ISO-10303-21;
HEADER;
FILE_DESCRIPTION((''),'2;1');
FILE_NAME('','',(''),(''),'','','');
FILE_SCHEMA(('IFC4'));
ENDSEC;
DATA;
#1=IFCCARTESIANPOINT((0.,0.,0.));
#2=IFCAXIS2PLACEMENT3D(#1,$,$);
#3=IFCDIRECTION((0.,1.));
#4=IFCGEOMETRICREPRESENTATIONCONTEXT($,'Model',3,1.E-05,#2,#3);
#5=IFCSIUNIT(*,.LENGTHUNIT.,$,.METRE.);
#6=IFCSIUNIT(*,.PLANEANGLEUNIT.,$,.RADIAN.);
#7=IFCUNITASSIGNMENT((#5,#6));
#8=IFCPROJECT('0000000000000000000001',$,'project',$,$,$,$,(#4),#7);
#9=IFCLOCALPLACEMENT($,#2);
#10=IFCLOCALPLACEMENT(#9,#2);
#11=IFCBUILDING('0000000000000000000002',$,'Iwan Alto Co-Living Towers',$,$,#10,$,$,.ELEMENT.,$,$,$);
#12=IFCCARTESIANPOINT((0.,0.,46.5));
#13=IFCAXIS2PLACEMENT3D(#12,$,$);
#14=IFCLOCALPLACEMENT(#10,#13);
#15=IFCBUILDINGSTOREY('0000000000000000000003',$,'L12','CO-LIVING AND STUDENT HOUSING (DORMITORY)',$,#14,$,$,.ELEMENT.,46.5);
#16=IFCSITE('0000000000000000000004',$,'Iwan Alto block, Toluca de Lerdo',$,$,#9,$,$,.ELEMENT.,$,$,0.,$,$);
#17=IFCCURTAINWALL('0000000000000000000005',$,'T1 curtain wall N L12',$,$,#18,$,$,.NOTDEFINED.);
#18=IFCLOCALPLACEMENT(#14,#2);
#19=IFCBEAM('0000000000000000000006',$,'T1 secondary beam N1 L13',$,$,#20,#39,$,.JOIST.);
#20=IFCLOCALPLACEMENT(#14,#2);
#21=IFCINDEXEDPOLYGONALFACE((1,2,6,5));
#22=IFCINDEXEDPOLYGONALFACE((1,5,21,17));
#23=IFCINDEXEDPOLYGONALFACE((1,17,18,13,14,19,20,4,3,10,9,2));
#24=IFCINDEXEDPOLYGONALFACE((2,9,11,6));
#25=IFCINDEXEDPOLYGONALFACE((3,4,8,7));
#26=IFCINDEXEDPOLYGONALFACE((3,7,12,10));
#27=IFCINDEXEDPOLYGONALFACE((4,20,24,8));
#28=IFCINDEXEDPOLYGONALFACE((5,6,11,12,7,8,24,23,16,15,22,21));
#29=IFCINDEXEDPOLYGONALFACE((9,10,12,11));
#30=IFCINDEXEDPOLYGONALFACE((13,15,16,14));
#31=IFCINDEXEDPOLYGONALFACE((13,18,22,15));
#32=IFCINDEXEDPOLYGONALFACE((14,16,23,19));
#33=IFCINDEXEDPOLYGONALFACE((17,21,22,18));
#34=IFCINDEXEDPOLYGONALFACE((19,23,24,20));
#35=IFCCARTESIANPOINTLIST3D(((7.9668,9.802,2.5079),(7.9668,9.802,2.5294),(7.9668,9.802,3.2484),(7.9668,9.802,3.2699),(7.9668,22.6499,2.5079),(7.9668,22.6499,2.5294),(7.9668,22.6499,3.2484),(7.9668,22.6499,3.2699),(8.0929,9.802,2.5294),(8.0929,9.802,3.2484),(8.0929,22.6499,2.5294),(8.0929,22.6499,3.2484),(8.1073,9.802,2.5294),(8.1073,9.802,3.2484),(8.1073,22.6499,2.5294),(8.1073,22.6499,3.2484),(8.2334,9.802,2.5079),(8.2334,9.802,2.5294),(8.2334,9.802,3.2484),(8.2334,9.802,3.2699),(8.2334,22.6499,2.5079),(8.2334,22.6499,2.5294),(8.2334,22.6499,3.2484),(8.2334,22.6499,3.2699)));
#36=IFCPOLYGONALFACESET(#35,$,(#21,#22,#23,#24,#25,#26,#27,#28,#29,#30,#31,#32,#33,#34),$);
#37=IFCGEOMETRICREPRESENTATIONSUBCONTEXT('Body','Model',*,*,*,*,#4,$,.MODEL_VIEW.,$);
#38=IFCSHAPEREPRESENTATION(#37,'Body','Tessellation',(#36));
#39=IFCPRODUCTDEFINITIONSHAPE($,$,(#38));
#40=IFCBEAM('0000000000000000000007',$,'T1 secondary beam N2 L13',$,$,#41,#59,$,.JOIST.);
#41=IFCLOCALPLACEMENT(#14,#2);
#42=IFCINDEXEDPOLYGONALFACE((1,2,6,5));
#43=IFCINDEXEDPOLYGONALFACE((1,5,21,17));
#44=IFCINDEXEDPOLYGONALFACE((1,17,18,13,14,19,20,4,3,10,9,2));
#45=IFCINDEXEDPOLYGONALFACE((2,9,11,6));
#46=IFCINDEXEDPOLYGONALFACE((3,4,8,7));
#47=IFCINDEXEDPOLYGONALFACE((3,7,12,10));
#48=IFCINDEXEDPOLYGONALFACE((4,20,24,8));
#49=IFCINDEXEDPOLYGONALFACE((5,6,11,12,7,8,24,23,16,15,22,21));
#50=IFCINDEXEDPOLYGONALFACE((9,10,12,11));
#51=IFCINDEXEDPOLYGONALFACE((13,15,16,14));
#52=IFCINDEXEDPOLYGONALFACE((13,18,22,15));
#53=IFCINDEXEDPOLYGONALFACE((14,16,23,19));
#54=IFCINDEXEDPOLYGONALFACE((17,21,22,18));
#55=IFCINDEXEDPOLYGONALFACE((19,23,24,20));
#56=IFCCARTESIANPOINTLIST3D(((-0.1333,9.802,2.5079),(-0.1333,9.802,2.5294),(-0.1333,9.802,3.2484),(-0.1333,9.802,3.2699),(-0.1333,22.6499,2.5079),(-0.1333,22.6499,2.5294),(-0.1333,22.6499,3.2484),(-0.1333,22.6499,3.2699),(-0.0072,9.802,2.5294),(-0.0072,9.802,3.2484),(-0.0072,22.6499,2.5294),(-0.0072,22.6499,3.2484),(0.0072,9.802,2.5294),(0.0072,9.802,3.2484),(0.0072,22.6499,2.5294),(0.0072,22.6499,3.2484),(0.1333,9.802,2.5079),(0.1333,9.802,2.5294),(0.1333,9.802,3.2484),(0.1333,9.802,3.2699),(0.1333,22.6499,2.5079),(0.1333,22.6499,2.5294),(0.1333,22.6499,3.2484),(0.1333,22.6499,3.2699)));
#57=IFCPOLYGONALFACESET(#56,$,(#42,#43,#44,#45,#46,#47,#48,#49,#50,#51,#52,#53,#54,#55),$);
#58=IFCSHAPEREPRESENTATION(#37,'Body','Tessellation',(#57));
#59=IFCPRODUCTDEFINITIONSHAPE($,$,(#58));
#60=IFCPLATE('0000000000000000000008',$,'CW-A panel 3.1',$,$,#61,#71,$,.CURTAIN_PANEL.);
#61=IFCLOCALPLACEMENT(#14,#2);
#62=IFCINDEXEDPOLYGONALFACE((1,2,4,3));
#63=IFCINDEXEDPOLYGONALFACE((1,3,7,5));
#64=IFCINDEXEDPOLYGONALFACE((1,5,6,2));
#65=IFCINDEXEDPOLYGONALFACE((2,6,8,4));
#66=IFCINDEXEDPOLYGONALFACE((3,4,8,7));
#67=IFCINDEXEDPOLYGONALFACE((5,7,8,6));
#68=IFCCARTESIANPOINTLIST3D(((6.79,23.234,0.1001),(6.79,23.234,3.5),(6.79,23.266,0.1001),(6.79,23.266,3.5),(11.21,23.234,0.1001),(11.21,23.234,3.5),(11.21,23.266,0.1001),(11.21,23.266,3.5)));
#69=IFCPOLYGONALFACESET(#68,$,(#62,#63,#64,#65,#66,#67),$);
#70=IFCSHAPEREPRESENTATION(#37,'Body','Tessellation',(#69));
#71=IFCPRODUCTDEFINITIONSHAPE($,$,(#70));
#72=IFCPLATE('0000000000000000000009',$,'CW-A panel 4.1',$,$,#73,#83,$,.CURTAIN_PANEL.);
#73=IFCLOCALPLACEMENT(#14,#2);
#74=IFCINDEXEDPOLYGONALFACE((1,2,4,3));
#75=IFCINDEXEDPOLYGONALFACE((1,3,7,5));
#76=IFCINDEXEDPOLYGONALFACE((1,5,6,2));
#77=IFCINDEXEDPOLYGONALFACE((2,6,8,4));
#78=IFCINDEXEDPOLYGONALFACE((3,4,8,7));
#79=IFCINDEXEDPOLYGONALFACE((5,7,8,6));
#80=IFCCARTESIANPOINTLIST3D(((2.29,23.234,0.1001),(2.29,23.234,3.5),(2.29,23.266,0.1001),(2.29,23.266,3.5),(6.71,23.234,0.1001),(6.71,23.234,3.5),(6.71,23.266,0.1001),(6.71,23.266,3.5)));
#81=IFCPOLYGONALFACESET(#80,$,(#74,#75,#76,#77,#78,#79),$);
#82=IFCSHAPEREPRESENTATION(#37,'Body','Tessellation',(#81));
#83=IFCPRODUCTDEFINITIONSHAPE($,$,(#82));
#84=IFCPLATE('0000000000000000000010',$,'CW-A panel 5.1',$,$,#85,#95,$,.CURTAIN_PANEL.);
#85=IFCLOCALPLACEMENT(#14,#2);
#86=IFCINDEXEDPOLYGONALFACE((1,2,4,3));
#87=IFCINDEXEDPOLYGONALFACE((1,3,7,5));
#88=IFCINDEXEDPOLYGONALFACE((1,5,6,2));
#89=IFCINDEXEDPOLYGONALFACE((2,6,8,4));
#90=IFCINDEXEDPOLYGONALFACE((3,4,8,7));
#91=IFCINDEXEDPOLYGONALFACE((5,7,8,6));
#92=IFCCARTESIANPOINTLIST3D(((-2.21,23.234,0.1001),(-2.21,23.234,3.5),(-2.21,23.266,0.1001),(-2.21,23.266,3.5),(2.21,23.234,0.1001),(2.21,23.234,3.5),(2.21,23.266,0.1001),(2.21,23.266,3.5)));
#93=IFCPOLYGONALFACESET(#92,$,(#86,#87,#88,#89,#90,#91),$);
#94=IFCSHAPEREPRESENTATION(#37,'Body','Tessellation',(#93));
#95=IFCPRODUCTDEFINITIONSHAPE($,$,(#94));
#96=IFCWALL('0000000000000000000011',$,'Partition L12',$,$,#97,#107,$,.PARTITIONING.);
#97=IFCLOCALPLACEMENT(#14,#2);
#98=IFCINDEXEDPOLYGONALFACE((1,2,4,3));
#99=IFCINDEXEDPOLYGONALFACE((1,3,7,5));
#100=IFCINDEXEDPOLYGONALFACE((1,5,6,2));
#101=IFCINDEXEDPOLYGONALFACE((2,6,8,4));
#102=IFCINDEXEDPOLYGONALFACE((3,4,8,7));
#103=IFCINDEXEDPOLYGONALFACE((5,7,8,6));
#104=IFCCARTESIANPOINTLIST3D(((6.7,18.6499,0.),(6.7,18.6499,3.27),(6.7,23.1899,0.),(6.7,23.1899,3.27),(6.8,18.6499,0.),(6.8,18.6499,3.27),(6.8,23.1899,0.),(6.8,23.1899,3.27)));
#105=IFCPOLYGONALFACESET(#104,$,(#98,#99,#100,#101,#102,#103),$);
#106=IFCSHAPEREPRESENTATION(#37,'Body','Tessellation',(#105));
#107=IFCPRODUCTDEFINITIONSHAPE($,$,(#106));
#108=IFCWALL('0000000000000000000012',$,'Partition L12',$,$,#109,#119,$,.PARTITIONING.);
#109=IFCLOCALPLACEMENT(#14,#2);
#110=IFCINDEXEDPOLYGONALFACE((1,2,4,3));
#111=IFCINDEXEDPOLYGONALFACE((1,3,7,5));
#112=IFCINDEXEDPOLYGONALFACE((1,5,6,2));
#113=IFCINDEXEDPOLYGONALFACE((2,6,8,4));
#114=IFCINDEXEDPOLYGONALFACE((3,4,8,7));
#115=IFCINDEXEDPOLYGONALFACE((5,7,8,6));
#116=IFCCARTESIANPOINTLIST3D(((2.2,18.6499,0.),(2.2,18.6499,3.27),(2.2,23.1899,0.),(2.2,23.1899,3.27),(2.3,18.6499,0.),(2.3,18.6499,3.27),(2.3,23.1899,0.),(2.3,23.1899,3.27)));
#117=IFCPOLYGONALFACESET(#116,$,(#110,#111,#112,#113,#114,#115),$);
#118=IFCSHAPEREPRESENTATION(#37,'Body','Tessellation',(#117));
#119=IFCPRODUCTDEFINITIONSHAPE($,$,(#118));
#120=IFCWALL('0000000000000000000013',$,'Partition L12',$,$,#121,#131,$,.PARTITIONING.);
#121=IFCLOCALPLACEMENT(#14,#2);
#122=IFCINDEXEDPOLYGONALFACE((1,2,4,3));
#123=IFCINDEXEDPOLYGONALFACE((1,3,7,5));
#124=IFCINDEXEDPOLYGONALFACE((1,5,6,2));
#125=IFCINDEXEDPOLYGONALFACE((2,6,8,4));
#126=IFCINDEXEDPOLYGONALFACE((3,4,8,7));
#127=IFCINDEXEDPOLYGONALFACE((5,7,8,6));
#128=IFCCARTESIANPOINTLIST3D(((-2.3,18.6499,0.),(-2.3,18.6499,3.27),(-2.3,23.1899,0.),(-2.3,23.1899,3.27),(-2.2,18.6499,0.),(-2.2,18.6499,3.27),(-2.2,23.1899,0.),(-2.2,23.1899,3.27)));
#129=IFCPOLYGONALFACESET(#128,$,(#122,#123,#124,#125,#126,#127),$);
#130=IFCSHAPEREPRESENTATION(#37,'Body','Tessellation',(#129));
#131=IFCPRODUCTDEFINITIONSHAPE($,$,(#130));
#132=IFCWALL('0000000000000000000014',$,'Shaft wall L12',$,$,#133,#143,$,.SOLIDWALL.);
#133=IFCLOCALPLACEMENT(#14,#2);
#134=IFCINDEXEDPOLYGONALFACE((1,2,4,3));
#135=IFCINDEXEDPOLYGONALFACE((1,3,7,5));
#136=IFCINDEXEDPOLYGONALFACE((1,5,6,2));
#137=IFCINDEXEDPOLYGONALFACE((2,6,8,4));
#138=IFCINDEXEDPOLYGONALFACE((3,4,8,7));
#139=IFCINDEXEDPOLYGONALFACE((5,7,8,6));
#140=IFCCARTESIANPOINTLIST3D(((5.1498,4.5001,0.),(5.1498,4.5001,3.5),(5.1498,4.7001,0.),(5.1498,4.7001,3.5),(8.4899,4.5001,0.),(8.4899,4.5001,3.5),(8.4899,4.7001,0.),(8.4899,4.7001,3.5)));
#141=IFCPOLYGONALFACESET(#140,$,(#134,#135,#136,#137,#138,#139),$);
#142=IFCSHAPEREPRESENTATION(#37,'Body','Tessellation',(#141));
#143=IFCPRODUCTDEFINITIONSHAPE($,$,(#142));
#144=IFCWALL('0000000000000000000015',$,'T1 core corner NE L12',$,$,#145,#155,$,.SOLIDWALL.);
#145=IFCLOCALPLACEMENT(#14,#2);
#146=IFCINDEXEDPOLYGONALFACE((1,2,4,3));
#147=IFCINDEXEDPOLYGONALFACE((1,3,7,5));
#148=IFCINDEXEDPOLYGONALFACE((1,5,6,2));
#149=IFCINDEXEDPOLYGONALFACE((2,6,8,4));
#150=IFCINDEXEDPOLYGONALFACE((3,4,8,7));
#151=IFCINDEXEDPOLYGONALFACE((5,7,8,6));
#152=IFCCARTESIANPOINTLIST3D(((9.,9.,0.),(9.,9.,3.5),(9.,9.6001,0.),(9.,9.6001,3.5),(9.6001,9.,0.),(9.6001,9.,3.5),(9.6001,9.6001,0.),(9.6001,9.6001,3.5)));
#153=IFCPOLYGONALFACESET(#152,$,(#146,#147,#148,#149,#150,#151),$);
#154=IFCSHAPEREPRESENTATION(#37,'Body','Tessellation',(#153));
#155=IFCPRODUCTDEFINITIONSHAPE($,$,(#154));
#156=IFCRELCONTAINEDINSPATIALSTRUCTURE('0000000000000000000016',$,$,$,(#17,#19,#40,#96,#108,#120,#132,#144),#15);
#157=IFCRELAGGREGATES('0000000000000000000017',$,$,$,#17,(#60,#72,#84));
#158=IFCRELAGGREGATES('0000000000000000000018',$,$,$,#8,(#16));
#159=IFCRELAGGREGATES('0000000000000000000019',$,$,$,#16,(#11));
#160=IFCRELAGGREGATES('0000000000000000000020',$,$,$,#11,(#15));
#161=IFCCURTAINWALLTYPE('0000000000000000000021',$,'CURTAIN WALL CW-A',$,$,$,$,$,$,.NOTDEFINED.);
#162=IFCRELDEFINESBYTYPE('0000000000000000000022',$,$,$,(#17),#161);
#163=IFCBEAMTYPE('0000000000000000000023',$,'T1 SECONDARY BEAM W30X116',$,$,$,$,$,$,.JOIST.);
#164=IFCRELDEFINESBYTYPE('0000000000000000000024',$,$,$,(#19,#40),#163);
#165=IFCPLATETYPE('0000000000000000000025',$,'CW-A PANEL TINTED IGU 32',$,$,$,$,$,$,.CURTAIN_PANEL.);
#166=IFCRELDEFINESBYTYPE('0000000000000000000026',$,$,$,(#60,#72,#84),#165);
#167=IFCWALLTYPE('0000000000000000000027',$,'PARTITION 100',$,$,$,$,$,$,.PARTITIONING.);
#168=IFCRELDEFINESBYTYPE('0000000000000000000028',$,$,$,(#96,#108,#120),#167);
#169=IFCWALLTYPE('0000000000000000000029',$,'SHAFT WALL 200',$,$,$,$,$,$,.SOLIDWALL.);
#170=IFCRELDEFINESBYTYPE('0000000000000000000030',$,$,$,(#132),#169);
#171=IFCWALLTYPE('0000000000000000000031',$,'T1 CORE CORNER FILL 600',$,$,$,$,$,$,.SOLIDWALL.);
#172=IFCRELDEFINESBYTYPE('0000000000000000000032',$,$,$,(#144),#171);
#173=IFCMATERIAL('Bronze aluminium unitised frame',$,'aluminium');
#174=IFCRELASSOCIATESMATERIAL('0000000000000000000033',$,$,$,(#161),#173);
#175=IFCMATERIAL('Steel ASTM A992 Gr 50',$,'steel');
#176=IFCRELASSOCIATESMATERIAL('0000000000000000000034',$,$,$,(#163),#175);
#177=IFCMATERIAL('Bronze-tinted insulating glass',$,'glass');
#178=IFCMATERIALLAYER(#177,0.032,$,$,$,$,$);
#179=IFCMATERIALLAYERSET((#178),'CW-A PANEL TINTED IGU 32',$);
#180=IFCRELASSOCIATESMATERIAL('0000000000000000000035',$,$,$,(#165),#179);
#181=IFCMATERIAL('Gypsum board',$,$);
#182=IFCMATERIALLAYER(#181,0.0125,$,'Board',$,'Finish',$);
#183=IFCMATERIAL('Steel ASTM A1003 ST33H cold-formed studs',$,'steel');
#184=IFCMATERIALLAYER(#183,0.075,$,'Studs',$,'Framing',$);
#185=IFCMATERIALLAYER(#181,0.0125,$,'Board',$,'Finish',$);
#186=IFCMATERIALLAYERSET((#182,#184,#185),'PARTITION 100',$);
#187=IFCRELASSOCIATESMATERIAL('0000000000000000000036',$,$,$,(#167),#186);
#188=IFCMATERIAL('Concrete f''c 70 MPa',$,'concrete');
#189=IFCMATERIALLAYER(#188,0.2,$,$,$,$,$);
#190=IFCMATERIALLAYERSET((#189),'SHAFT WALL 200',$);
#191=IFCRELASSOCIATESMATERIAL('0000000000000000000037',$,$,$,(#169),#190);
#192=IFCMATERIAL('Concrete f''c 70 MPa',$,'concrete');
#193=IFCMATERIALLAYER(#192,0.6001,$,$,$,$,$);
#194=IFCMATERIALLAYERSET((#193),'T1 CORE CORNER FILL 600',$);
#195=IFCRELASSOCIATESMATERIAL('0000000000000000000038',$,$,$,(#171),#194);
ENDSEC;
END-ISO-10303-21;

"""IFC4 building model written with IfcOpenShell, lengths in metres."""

from ifc_helpers import new_model, si_unit, direction, frame, frame_2d, origin, origin_2d, place, context, subcontext, project, spatial, rectangle, i_section, extrude, material, layer, layer_set, material_profile, profile_set, type_object, element, aggregate, save


model = new_model("IFC4")

# Units and contexts
model_context = context("Model", 3, precision=1e-05, world=origin(), true_north=direction((0.0, 1.0)))
body_context = subcontext(model_context, "Body", "Model", "MODEL_VIEW")
ifc_project = project(units=[si_unit("LENGTHUNIT", "METRE"), si_unit("PLANEANGLEUNIT", "RADIAN")], contexts=[model_context])

# Site, building, storey
site_placement = place(None, origin())
site = spatial("IfcSite", under=ifc_project, at=site_placement, Name="Iwan Alto block, Toluca de Lerdo", CompositionType="ELEMENT", RefElevation=0.0)
building_placement = place(site_placement, origin())
building = spatial("IfcBuilding", under=site, at=building_placement, Name="Iwan Alto Co-Living Towers", CompositionType="ELEMENT")
storey_placement = place(building_placement, frame((0.0, 0.0, 46.5)))
storey = spatial("IfcBuildingStorey", under=building, at=storey_placement, Name="L12", Description="CO-LIVING AND STUDENT HOUSING (DORMITORY)", CompositionType="ELEMENT", Elevation=46.5)

# Curtain wall
ifc_material_1 = material(Name="Bronze aluminium unitised frame", Category="aluminium")
curtain_wall_type = type_object("IfcCurtainWallType", Name="CURTAIN WALL CW-A", PredefinedType="NOTDEFINED", material=ifc_material_1)
curtain_wall_placement = place(storey_placement, origin())
curtain_wall = element("IfcCurtainWall", 1, at=curtain_wall_placement, inside=storey, type_object=curtain_wall_type, Name="T1 curtain wall N L12", PredefinedType="NOTDEFINED")

# Beams
ifc_material_2 = material(Name="Steel ASTM A992 Gr 50", Category="steel")
ifc_material_profile_1 = material_profile(ifc_material_2, i_section(OverallWidth=0.2666, OverallDepth=0.762, WebThickness=0.0144, FlangeThickness=0.0215, at=origin_2d()), Name="W30X116")
ifc_profile_set_1 = profile_set([ifc_material_profile_1], Name="Steel ASTM A992 Gr 50")
beam_type_1 = type_object("IfcBeamType", Name="T1 SECONDARY BEAM W30X116", PredefinedType="JOIST", material=ifc_profile_set_1)
for number, where, z_axis, x_axis, name in (
    (2, (8.1001, 22.6499, 2.8889), (0.0, -1.0, 0.0), (1.0, 0.0, 0.0), "T1 secondary beam N1 L13"),
    (3, (0.0, 22.6499, 2.8889), (0.0, -1.0, 0.0), (1.0, 0.0, 0.0), "T1 secondary beam N2 L13"),
):
    element("IfcBeam", number, at=place(storey_placement, frame(where, z_axis=z_axis, x_axis=x_axis)), inside=storey, type_object=beam_type_1, Name=name, PredefinedType="JOIST", context=body_context, shape_type="SweptSolid", body=[
        extrude(i_section(OverallWidth=0.2666, OverallDepth=0.762, WebThickness=0.0144, FlangeThickness=0.0215, at=origin_2d()), origin(), (0.0, 0.0, 1.0), 12.8479),
    ])

# Plates
ifc_material_3 = material(Name="Bronze-tinted insulating glass", Category="glass")
ifc_layer_1 = layer(ifc_material_3, 0.032)
ifc_layer_set_1 = layer_set([ifc_layer_1], Name="CW-A PANEL TINTED IGU 32")
plate_type = type_object("IfcPlateType", Name="CW-A PANEL TINTED IGU 32", PredefinedType="CURTAIN_PANEL", material=ifc_layer_set_1)
plate_1_placement = place(storey_placement, frame((9.0, 23.25, 0.1001), z_axis=(0.0, 0.0, 1.0), x_axis=(-1.0, 0.0, 0.0)))
plate_1 = element("IfcPlate", 4, at=plate_1_placement, type_object=plate_type, Name="CW-A panel 3.1", PredefinedType="CURTAIN_PANEL", context=body_context, shape_type="SweptSolid", body=[
    extrude(rectangle(XDim=4.4199, YDim=0.032, at=origin_2d()), origin(), (0.0, 0.0, 1.0), 3.3999),
])
plate_2_placement = place(storey_placement, frame((4.5, 23.25, 0.1001), z_axis=(0.0, 0.0, 1.0), x_axis=(-1.0, 0.0, 0.0)))
plate_2 = element("IfcPlate", 5, at=plate_2_placement, type_object=plate_type, Name="CW-A panel 4.1", PredefinedType="CURTAIN_PANEL", context=body_context, shape_type="SweptSolid", body=[
    extrude(rectangle(XDim=4.4199, YDim=0.032, at=origin_2d()), origin(), (0.0, 0.0, 1.0), 3.3999),
])
plate_3_placement = place(storey_placement, frame((0.0, 23.25, 0.1001), z_axis=(0.0, 0.0, 1.0), x_axis=(-1.0, 0.0, 0.0)))
plate_3 = element("IfcPlate", 6, at=plate_3_placement, type_object=plate_type, Name="CW-A panel 5.1", PredefinedType="CURTAIN_PANEL", context=body_context, shape_type="SweptSolid", body=[
    extrude(rectangle(XDim=4.4199, YDim=0.032, at=origin_2d()), origin(), (0.0, 0.0, 1.0), 3.3999),
])
aggregate(curtain_wall, [plate_1, plate_2, plate_3])

# Walls
ifc_material_4 = material(Name="Gypsum board")
ifc_layer_2 = layer(ifc_material_4, 0.0125, Name="Board", Category="Finish")
ifc_material_5 = material(Name="Steel ASTM A1003 ST33H cold-formed studs", Category="steel")
ifc_layer_3 = layer(ifc_material_5, 0.075, Name="Studs", Category="Framing")
ifc_layer_4 = layer(ifc_material_4, 0.0125, Name="Board", Category="Finish")
ifc_layer_set_2 = layer_set([ifc_layer_2, ifc_layer_3, ifc_layer_4], Name="PARTITION 100")
wall_type_1 = type_object("IfcWallType", Name="PARTITION 100", PredefinedType="PARTITIONING", material=ifc_layer_set_2)
for number, where, z_axis, x_axis, name in (
    (7, (6.75, 18.6499, 0.0), (0.0, 0.0, 1.0), (0.0, 1.0, 0.0), "Partition L12"),
    (8, (2.25, 18.6499, 0.0), (0.0, 0.0, 1.0), (0.0, 1.0, 0.0), "Partition L12"),
    (9, (-2.25, 18.6499, 0.0), (0.0, 0.0, 1.0), (0.0, 1.0, 0.0), "Partition L12"),
):
    element("IfcWall", number, at=place(storey_placement, frame(where, z_axis=z_axis, x_axis=x_axis)), inside=storey, type_object=wall_type_1, Name=name, PredefinedType="PARTITIONING", context=body_context, shape_type="SweptSolid", body=[
        extrude(rectangle(XDim=4.54, YDim=0.1001, at=frame_2d((2.27, 0.0))), origin(), (0.0, 0.0, 1.0), 3.27),
    ])
ifc_material_6 = material(Name="Concrete f'c 70 MPa", Category="concrete")
ifc_layer_5 = layer(ifc_material_6, 0.2)
ifc_layer_set_3 = layer_set([ifc_layer_5], Name="SHAFT WALL 200")
wall_type_2 = type_object("IfcWallType", Name="SHAFT WALL 200", PredefinedType="SOLIDWALL", material=ifc_layer_set_3)
wall_1_placement = place(storey_placement, frame((5.1499, 4.6001, 0.0), z_axis=(0.0, 0.0, 1.0), x_axis=(1.0, 0.0, 0.0)))
element("IfcWall", 10, at=wall_1_placement, inside=storey, type_object=wall_type_2, Name="Shaft wall L12", PredefinedType="SOLIDWALL", context=body_context, shape_type="SweptSolid", body=[
    extrude(rectangle(XDim=3.3401, YDim=0.2, at=frame_2d((1.6699, 0.0))), origin(), (0.0, 0.0, 1.0), 3.5),
])
ifc_material_7 = material(Name="Concrete f'c 70 MPa", Category="concrete")
ifc_layer_6 = layer(ifc_material_7, 0.6001)
ifc_layer_set_4 = layer_set([ifc_layer_6], Name="T1 CORE CORNER FILL 600")
wall_type_3 = type_object("IfcWallType", Name="T1 CORE CORNER FILL 600", PredefinedType="SOLIDWALL", material=ifc_layer_set_4)
wall_2_placement = place(storey_placement, frame((9.0, 9.3, 0.0), z_axis=(0.0, 0.0, 1.0), x_axis=(1.0, 0.0, 0.0)))
element("IfcWall", 11, at=wall_2_placement, inside=storey, type_object=wall_type_3, Name="T1 core corner NE L12", PredefinedType="SOLIDWALL", context=body_context, shape_type="SweptSolid", body=[
    extrude(rectangle(XDim=0.6001, YDim=0.6001, at=frame_2d((0.3, 0.0))), origin(), (0.0, 0.0, 1.0), 3.5),
])

save(model, "model.ifc")
